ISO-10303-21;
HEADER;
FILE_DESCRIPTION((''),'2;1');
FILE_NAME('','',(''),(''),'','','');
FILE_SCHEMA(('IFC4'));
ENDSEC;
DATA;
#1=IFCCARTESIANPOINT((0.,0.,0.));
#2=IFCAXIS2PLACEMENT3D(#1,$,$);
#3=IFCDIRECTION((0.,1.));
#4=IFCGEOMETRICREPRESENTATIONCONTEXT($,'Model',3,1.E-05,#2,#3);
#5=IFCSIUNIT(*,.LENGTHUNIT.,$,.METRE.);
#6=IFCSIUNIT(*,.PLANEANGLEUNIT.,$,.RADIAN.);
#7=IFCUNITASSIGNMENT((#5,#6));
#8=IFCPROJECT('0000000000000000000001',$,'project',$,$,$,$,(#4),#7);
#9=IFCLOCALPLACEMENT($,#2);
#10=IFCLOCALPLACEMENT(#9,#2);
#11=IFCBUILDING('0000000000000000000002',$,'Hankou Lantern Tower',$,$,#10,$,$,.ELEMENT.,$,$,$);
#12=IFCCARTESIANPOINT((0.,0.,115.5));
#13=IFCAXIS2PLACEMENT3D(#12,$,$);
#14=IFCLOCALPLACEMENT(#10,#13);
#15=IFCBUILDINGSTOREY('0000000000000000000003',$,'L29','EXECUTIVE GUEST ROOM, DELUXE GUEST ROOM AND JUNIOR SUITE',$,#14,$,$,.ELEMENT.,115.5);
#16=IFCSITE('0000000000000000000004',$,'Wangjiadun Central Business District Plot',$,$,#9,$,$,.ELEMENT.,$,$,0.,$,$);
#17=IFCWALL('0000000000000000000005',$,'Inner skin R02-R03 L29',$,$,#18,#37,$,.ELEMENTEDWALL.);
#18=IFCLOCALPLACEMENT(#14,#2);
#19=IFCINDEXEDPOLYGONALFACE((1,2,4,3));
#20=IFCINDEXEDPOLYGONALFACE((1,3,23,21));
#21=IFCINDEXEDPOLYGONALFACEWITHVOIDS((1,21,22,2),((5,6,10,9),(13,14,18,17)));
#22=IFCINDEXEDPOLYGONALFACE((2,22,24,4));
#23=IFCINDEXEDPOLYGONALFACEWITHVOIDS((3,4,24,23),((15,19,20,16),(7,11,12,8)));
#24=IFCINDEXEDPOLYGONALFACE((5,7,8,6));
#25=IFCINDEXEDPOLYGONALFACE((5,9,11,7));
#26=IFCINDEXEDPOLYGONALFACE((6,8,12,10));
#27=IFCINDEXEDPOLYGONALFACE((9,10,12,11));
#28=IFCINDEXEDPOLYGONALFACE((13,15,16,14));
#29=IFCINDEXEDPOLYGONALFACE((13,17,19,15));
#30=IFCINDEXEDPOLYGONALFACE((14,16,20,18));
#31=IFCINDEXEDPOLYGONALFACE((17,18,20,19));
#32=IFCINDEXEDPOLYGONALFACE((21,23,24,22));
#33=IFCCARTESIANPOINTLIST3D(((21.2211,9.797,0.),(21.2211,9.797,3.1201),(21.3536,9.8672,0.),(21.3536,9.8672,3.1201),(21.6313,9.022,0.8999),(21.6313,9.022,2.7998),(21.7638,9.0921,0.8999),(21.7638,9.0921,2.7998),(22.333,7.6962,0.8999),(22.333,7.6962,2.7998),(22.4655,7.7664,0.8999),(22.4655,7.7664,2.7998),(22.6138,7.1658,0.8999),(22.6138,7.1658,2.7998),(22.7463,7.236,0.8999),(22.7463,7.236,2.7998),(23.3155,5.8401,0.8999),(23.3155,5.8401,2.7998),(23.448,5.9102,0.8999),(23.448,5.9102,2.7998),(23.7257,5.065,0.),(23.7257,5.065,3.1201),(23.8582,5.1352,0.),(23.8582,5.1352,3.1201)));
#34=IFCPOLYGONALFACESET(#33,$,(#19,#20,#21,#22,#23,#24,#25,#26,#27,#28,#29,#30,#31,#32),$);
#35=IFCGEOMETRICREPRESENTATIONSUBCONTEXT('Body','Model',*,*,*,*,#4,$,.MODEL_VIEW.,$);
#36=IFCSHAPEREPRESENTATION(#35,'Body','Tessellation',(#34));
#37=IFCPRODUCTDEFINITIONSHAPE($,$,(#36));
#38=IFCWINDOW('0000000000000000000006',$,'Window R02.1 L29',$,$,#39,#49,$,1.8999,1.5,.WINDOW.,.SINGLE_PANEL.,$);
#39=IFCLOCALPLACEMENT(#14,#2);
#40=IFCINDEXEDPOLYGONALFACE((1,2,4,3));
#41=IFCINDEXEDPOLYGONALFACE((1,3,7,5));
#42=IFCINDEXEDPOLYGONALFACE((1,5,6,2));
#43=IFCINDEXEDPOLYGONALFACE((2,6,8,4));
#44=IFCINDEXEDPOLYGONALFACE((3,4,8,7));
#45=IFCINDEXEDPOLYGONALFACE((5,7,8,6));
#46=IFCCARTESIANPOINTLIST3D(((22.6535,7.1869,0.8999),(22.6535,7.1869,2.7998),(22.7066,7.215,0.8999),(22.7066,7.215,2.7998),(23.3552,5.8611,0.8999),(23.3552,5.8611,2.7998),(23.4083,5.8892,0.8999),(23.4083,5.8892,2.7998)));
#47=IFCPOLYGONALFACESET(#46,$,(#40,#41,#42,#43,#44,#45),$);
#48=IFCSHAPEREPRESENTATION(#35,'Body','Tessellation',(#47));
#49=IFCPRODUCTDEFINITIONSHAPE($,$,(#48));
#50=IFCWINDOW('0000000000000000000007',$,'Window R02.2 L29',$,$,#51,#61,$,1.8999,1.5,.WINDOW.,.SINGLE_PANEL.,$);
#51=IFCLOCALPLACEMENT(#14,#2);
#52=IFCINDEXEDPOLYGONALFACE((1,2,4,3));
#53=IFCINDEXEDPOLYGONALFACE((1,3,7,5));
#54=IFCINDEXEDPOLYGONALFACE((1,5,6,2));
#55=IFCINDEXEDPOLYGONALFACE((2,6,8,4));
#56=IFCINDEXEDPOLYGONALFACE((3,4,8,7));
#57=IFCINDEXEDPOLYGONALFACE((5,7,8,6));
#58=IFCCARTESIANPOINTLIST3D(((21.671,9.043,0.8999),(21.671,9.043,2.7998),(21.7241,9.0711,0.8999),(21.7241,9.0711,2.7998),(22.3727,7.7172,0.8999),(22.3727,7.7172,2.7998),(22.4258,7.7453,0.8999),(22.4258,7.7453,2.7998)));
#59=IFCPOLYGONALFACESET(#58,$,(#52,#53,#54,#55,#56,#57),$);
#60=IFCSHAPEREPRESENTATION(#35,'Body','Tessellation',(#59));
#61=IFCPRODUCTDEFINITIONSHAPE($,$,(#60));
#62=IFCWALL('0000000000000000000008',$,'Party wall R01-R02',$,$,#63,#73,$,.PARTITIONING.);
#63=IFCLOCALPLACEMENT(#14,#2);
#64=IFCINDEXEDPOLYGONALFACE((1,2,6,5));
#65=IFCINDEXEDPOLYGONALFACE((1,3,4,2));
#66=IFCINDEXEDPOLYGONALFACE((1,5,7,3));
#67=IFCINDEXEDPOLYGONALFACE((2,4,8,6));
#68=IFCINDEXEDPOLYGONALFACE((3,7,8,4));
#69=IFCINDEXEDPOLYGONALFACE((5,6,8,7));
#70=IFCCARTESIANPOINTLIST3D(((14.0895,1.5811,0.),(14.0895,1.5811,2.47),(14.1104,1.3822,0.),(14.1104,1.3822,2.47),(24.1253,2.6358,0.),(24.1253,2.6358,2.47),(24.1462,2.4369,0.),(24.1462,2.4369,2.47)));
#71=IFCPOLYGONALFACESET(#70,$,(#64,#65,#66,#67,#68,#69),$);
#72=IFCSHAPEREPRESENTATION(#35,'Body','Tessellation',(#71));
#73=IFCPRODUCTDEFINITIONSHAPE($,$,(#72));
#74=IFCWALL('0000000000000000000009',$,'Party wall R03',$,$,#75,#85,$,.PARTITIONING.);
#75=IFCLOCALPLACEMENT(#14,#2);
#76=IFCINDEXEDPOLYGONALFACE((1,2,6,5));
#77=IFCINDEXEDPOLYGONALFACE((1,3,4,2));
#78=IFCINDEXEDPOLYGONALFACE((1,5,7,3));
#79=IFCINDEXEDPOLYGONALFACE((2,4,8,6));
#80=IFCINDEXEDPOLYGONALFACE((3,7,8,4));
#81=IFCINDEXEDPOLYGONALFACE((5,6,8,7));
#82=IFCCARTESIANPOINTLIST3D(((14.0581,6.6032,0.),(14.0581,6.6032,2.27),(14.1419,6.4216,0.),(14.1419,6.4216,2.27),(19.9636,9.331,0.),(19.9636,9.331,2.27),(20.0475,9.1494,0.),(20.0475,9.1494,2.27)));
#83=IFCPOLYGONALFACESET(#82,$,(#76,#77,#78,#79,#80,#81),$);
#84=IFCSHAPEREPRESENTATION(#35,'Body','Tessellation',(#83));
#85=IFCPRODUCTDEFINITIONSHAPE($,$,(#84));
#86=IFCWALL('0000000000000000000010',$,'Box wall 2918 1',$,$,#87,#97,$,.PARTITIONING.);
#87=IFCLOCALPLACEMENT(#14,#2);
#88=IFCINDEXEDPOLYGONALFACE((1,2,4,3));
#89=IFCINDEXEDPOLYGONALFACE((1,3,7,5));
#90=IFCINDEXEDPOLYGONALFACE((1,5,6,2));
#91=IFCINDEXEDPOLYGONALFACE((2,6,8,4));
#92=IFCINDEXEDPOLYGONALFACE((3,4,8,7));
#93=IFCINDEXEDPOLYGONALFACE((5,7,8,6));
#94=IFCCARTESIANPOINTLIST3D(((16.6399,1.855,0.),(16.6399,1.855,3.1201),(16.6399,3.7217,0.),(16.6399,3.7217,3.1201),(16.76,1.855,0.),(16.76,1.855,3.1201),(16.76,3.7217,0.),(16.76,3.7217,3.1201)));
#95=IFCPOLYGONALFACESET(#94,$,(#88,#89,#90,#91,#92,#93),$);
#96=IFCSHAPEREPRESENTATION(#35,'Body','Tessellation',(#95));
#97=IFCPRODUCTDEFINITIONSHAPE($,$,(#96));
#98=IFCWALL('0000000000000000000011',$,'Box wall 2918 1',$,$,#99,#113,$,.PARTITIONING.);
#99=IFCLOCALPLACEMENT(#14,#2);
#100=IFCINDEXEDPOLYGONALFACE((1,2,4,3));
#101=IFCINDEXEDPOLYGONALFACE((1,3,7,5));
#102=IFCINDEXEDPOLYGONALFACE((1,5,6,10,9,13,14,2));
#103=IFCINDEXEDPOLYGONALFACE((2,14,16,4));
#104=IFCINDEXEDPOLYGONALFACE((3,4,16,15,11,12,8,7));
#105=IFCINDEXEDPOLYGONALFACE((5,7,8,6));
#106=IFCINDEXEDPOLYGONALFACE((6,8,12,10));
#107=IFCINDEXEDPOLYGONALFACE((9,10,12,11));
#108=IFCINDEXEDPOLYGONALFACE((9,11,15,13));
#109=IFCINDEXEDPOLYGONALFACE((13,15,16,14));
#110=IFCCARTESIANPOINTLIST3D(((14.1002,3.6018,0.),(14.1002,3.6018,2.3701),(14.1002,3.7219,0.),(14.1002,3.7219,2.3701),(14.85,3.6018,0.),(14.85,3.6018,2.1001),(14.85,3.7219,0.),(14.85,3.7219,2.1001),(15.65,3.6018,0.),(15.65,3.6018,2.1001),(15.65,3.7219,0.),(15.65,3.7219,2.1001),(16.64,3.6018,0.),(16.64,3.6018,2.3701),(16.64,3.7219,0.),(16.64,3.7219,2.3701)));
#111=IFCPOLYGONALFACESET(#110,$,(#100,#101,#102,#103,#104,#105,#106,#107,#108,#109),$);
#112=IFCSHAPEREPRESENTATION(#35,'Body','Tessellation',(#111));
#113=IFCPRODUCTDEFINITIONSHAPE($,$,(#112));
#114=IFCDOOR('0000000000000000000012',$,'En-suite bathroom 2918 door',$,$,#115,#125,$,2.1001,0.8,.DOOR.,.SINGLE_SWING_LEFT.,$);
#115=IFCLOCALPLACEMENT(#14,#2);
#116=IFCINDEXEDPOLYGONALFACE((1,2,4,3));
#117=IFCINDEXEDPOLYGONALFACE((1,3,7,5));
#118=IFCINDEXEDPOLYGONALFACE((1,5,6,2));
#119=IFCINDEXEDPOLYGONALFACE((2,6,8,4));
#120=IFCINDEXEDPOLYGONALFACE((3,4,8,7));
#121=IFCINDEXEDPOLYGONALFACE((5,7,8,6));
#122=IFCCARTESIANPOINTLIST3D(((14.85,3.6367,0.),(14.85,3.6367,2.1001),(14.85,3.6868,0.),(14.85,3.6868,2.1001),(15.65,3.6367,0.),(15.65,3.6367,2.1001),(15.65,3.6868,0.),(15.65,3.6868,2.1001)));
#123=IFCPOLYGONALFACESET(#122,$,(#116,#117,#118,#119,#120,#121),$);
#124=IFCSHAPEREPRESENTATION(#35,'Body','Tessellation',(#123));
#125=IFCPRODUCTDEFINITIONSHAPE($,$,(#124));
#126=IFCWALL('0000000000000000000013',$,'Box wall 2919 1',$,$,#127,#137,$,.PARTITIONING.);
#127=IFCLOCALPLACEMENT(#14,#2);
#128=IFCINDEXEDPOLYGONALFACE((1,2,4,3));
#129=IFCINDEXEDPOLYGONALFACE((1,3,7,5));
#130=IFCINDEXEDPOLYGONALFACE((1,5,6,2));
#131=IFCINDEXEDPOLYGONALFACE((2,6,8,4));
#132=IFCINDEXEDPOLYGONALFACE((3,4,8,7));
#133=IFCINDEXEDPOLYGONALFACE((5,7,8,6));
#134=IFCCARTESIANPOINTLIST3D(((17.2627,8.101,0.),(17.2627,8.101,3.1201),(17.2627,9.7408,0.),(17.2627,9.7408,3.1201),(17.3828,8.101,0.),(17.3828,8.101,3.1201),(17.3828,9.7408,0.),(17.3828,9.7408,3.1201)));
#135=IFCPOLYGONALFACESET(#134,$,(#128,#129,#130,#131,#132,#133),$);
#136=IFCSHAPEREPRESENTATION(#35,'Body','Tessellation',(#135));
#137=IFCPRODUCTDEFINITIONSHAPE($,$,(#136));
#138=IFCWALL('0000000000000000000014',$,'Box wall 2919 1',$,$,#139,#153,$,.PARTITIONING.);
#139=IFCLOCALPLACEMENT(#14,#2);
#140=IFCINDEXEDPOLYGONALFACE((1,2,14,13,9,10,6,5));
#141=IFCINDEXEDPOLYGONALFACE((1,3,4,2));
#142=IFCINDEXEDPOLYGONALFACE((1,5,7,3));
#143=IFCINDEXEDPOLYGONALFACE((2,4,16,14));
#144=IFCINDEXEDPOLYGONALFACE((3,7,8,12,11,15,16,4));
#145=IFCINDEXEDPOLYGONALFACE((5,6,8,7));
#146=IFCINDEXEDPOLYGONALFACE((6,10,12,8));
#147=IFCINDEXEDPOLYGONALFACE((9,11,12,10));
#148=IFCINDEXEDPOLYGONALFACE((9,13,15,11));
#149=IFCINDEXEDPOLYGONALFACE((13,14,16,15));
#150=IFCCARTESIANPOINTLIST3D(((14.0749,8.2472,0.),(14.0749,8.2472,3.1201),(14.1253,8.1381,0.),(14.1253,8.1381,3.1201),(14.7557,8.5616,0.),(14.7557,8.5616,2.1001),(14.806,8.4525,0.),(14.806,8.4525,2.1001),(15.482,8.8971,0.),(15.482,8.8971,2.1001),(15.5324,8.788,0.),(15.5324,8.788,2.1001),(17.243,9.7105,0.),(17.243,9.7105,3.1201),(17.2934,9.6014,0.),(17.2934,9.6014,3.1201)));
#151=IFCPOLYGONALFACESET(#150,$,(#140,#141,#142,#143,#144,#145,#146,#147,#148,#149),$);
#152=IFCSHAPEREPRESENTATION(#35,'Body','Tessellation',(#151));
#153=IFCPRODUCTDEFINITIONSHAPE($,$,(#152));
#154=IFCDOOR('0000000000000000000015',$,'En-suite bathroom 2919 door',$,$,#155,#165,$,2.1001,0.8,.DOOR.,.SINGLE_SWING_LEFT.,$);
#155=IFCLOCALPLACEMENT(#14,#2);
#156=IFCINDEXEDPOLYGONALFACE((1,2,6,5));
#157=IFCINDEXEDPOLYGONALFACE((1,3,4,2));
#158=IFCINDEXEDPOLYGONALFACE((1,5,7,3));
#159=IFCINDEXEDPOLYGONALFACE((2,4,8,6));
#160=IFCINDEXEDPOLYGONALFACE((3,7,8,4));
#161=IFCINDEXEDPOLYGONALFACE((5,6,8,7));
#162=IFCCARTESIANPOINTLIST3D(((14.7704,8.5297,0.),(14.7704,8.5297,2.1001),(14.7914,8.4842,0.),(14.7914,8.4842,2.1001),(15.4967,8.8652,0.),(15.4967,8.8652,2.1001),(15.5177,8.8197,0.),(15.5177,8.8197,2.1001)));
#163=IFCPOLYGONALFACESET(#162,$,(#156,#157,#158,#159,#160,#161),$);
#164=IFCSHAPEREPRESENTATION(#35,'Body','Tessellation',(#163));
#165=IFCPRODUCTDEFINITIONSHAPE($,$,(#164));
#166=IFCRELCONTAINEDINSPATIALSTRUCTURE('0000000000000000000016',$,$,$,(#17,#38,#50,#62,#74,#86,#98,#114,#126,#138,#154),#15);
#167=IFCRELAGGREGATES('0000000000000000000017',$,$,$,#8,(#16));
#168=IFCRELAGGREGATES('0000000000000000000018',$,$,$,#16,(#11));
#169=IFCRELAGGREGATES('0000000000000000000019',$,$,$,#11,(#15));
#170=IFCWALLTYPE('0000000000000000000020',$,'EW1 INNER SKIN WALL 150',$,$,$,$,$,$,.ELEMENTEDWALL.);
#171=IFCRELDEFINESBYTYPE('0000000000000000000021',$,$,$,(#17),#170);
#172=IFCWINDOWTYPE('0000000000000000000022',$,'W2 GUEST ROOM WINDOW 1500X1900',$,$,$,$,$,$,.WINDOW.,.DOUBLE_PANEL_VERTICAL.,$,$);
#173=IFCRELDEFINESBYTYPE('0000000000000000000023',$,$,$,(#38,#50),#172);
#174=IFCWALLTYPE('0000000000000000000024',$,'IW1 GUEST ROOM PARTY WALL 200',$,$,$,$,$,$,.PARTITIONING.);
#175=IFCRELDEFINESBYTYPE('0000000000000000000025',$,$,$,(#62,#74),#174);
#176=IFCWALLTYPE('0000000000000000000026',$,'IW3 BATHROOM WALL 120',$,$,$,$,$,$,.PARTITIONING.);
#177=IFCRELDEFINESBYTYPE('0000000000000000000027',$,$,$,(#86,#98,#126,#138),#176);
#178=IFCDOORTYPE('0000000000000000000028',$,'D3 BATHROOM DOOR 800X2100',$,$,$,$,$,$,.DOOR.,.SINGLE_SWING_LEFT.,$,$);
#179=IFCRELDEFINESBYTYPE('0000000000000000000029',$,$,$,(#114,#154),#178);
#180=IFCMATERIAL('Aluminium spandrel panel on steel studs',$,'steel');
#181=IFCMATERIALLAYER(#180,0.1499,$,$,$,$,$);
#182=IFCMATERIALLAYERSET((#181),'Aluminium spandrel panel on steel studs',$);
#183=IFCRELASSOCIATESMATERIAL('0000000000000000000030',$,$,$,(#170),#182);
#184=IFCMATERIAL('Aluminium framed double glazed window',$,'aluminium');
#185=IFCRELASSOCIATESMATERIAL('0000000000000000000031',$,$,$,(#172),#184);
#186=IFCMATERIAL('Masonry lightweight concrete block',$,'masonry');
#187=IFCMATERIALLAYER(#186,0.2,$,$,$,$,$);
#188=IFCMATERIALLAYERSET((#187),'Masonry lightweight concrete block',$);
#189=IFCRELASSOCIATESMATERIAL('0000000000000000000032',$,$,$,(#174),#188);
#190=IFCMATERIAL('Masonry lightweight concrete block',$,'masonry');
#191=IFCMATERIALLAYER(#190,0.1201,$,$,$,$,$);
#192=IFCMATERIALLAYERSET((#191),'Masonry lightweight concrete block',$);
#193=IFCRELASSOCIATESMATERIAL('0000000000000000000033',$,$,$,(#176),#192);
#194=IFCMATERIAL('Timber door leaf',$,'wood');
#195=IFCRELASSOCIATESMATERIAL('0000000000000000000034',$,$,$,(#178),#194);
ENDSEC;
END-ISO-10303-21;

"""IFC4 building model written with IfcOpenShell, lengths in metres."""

from ifc_helpers import new_model, si_unit, direction, frame, frame_2d, origin, place, context, subcontext, project, spatial, rectangle, extrude, material, layer, layer_set, type_object, element, fill, save


model = new_model("IFC4")

# Units and contexts
model_context = context("Model", 3, precision=1e-05, world=origin(), true_north=direction((0.0, 1.0)))
body_context = subcontext(model_context, "Body", "Model", "MODEL_VIEW")
ifc_project = project(units=[si_unit("LENGTHUNIT", "METRE"), si_unit("PLANEANGLEUNIT", "RADIAN")], contexts=[model_context])

# Site, building, storey
site_placement = place(None, origin())
site = spatial("IfcSite", under=ifc_project, at=site_placement, Name="Wangjiadun Central Business District Plot", CompositionType="ELEMENT", RefElevation=0.0)
building_placement = place(site_placement, origin())
building = spatial("IfcBuilding", under=site, at=building_placement, Name="Hankou Lantern Tower", CompositionType="ELEMENT")
storey_placement = place(building_placement, frame((0.0, 0.0, 115.5)))
storey = spatial("IfcBuildingStorey", under=building, at=storey_placement, Name="L29", Description="EXECUTIVE GUEST ROOM, DELUXE GUEST ROOM AND JUNIOR SUITE", CompositionType="ELEMENT", Elevation=115.5)

# Wall, openings, windows
ifc_material_1 = material(Name="Aluminium spandrel panel on steel studs", Category="steel")
ifc_layer_1 = layer(ifc_material_1, 0.1499)
ifc_layer_set_1 = layer_set([ifc_layer_1], Name="Aluminium spandrel panel on steel studs")
wall_type_1 = type_object("IfcWallType", Name="EW1 INNER SKIN WALL 150", PredefinedType="ELEMENTEDWALL", material=ifc_layer_set_1)
ifc_material_2 = material(Name="Aluminium framed double glazed window", Category="aluminium")
window_type = type_object("IfcWindowType", Name="W2 GUEST ROOM WINDOW 1500X1900", PartitioningType="DOUBLE_PANEL_VERTICAL", PredefinedType="WINDOW", material=ifc_material_2)
wall_1_placement = place(storey_placement, frame((23.792, 5.1001, 0.0), z_axis=(0.0, 0.0, 1.0), x_axis=(-0.467814, 0.883827, 0.0)))
wall_1 = element("IfcWall", 1, at=wall_1_placement, inside=storey, type_object=wall_type_1, Name="Inner skin R02-R03 L29", PredefinedType="ELEMENTEDWALL", context=body_context, shape_type="SweptSolid", body=[
    extrude(rectangle(XDim=5.354, YDim=0.1499, at=frame_2d((2.677, 0.0))), origin(), (0.0, 0.0, 1.0), 3.1201),
])
opening_1_placement = place(wall_1_placement, frame((0.877, 0.0, 0.8999)))
opening_1 = element("IfcOpeningElement", 2, at=opening_1_placement, cuts=wall_1, PredefinedType="OPENING", context=body_context, shape_type="SweptSolid", body=[
    extrude(rectangle(XDim=1.5, YDim=1.8999, at=frame_2d((0.75, 0.95))), frame((0.0, 0.085, 0.0), z_axis=(0.0, -1.0, 0.0), x_axis=(1.0, 0.0, 0.0)), (0.0, 0.0, 1.0), 0.1699),
])
opening_2_placement = place(wall_1_placement, frame((2.9771, 0.0, 0.8999)))
opening_2 = element("IfcOpeningElement", 3, at=opening_2_placement, cuts=wall_1, PredefinedType="OPENING", context=body_context, shape_type="SweptSolid", body=[
    extrude(rectangle(XDim=1.5, YDim=1.8999, at=frame_2d((0.75, 0.95))), frame((0.0, 0.085, 0.0), z_axis=(0.0, -1.0, 0.0), x_axis=(1.0, 0.0, 0.0)), (0.0, 0.0, 1.0), 0.1699),
])
window_1_placement = place(opening_1_placement, origin())
window_1 = element("IfcWindow", 4, at=window_1_placement, inside=storey, type_object=window_type, Name="Window R02.1 L29", OverallHeight=1.8999, OverallWidth=1.5, PartitioningType="SINGLE_PANEL", PredefinedType="WINDOW", context=body_context, shape_type="SweptSolid", body=[
    extrude(rectangle(XDim=1.5, YDim=1.8999, at=frame_2d((0.75, 0.95))), frame((0.0, 0.03, 0.0), z_axis=(0.0, -1.0, 0.0), x_axis=(1.0, 0.0, 0.0)), (0.0, 0.0, 1.0), 0.0601),
])
fill(opening_1, window_1)
window_2_placement = place(opening_2_placement, origin())
window_2 = element("IfcWindow", 5, at=window_2_placement, inside=storey, type_object=window_type, Name="Window R02.2 L29", OverallHeight=1.8999, OverallWidth=1.5, PartitioningType="SINGLE_PANEL", PredefinedType="WINDOW", context=body_context, shape_type="SweptSolid", body=[
    extrude(rectangle(XDim=1.5, YDim=1.8999, at=frame_2d((0.75, 0.95))), frame((0.0, 0.03, 0.0), z_axis=(0.0, -1.0, 0.0), x_axis=(1.0, 0.0, 0.0)), (0.0, 0.0, 1.0), 0.0601),
])
fill(opening_2, window_2)

# Walls
ifc_material_3 = material(Name="Masonry lightweight concrete block", Category="masonry")
ifc_layer_2 = layer(ifc_material_3, 0.2)
ifc_layer_set_2 = layer_set([ifc_layer_2], Name="Masonry lightweight concrete block")
wall_type_2 = type_object("IfcWallType", Name="IW1 GUEST ROOM PARTY WALL 200", PredefinedType="PARTITIONING", material=ifc_layer_set_2)
wall_2_placement = place(storey_placement, frame((14.1001, 1.4817, 0.0), z_axis=(0.0, 0.0, 1.0), x_axis=(0.994523, 0.104516, 0.0)))
element("IfcWall", 6, at=wall_2_placement, inside=storey, type_object=wall_type_2, Name="Party wall R01-R02", PredefinedType="PARTITIONING", context=body_context, shape_type="SweptSolid", body=[
    extrude(rectangle(XDim=10.0911, YDim=0.2, at=frame_2d((5.0454, 0.0))), origin(), (0.0, 0.0, 1.0), 2.47),
])
wall_3_placement = place(storey_placement, frame((14.1001, 6.5125, 0.0), z_axis=(0.0, 0.0, 1.0), x_axis=(0.907833, 0.419332, 0.0)))
element("IfcWall", 7, at=wall_3_placement, inside=storey, type_object=wall_type_2, Name="Party wall R03", PredefinedType="PARTITIONING", context=body_context, shape_type="SweptSolid", body=[
    extrude(rectangle(XDim=6.5051, YDim=0.2, at=frame_2d((3.2524, 0.0))), origin(), (0.0, 0.0, 1.0), 2.27),
])
ifc_material_4 = material(Name="Masonry lightweight concrete block", Category="masonry")
ifc_layer_3 = layer(ifc_material_4, 0.1201)
ifc_layer_set_3 = layer_set([ifc_layer_3], Name="Masonry lightweight concrete block")
wall_type_3 = type_object("IfcWallType", Name="IW3 BATHROOM WALL 120", PredefinedType="PARTITIONING", material=ifc_layer_set_3)
wall_4_placement = place(storey_placement, frame((16.7, 1.855, 0.0), z_axis=(0.0, 0.0, 1.0), x_axis=(0.0, 1.0, 0.0)))
element("IfcWall", 8, at=wall_4_placement, inside=storey, type_object=wall_type_3, Name="Box wall 2918 1", PredefinedType="PARTITIONING", context=body_context, shape_type="SweptSolid", body=[
    extrude(rectangle(XDim=1.8667, YDim=0.1201, at=frame_2d((0.9333, 0.0))), origin(), (0.0, 0.0, 1.0), 3.1201),
])

# Wall, opening, door
wall_5_placement = place(storey_placement, frame((14.1001, 3.6619, 0.0), z_axis=(0.0, 0.0, 1.0), x_axis=(1.0, 0.0, 0.0)))
wall_5 = element("IfcWall", 9, at=wall_5_placement, inside=storey, type_object=wall_type_3, Name="Box wall 2918 1", PredefinedType="PARTITIONING", context=body_context, shape_type="SweptSolid", body=[
    extrude(rectangle(XDim=2.5398, YDim=0.1201, at=frame_2d((1.27, 0.0))), origin(), (0.0, 0.0, 1.0), 2.3701),
])
opening_3_placement = place(wall_5_placement, frame((0.75, 0.0, 0.0)))
opening_3 = element("IfcOpeningElement", 10, at=opening_3_placement, cuts=wall_5, PredefinedType="OPENING", context=body_context, shape_type="SweptSolid", body=[
    extrude(rectangle(XDim=0.8, YDim=2.1001, at=frame_2d((0.3999, 1.05))), frame((0.0, 0.0701, 0.0), z_axis=(0.0, -1.0, 0.0), x_axis=(1.0, 0.0, 0.0)), (0.0, 0.0, 1.0), 0.1401),
])
ifc_material_5 = material(Name="Timber door leaf", Category="wood")
door_type = type_object("IfcDoorType", Name="D3 BATHROOM DOOR 800X2100", OperationType="SINGLE_SWING_LEFT", PredefinedType="DOOR", material=ifc_material_5)
door_1_placement = place(opening_3_placement, origin())
door_1 = element("IfcDoor", 11, at=door_1_placement, inside=storey, type_object=door_type, Name="En-suite bathroom 2918 door", OperationType="SINGLE_SWING_LEFT", OverallHeight=2.1001, OverallWidth=0.8, PredefinedType="DOOR", context=body_context, shape_type="SweptSolid", body=[
    extrude(rectangle(XDim=0.8, YDim=2.1001, at=frame_2d((0.3999, 1.05))), frame((0.0, 0.0249, 0.0), z_axis=(0.0, -1.0, 0.0), x_axis=(1.0, 0.0, 0.0)), (0.0, 0.0, 1.0), 0.05),
])
fill(opening_3, door_1)

# Wall
wall_6_placement = place(storey_placement, frame((17.3228, 8.1011, 0.0), z_axis=(0.0, 0.0, 1.0), x_axis=(0.0, 1.0, 0.0)))
element("IfcWall", 12, at=wall_6_placement, inside=storey, type_object=wall_type_3, Name="Box wall 2919 1", PredefinedType="PARTITIONING", context=body_context, shape_type="SweptSolid", body=[
    extrude(rectangle(XDim=1.6399, YDim=0.1201, at=frame_2d((0.8198, 0.0))), origin(), (0.0, 0.0, 1.0), 3.1201),
])

# Wall, opening, door
wall_7_placement = place(storey_placement, frame((14.1001, 8.1926, 0.0), z_axis=(0.0, 0.0, 1.0), x_axis=(0.907836, 0.419324, 0.0)))
wall_7 = element("IfcWall", 13, at=wall_7_placement, inside=storey, type_object=wall_type_3, Name="Box wall 2919 1", PredefinedType="PARTITIONING", context=body_context, shape_type="SweptSolid", body=[
    extrude(rectangle(XDim=3.4897, YDim=0.1201, at=frame_2d((1.7449, 0.0))), origin(), (0.0, 0.0, 1.0), 3.1201),
])
opening_4_placement = place(wall_7_placement, frame((0.75, 0.0, 0.0)))
opening_4 = element("IfcOpeningElement", 14, at=opening_4_placement, cuts=wall_7, PredefinedType="OPENING", context=body_context, shape_type="SweptSolid", body=[
    extrude(rectangle(XDim=0.8, YDim=2.1001, at=frame_2d((0.3999, 1.05))), frame((0.0, 0.0701, 0.0), z_axis=(0.0, -1.0, 0.0), x_axis=(1.0, 0.0, 0.0)), (0.0, 0.0, 1.0), 0.1401),
])
door_2_placement = place(opening_4_placement, origin())
door_2 = element("IfcDoor", 15, at=door_2_placement, inside=storey, type_object=door_type, Name="En-suite bathroom 2919 door", OperationType="SINGLE_SWING_LEFT", OverallHeight=2.1001, OverallWidth=0.8, PredefinedType="DOOR", context=body_context, shape_type="SweptSolid", body=[
    extrude(rectangle(XDim=0.8, YDim=2.1001, at=frame_2d((0.3999, 1.05))), frame((0.0, 0.0249, 0.0), z_axis=(0.0, -1.0, 0.0), x_axis=(1.0, 0.0, 0.0)), (0.0, 0.0, 1.0), 0.05),
])
fill(opening_4, door_2)

save(model, "model.ifc")
